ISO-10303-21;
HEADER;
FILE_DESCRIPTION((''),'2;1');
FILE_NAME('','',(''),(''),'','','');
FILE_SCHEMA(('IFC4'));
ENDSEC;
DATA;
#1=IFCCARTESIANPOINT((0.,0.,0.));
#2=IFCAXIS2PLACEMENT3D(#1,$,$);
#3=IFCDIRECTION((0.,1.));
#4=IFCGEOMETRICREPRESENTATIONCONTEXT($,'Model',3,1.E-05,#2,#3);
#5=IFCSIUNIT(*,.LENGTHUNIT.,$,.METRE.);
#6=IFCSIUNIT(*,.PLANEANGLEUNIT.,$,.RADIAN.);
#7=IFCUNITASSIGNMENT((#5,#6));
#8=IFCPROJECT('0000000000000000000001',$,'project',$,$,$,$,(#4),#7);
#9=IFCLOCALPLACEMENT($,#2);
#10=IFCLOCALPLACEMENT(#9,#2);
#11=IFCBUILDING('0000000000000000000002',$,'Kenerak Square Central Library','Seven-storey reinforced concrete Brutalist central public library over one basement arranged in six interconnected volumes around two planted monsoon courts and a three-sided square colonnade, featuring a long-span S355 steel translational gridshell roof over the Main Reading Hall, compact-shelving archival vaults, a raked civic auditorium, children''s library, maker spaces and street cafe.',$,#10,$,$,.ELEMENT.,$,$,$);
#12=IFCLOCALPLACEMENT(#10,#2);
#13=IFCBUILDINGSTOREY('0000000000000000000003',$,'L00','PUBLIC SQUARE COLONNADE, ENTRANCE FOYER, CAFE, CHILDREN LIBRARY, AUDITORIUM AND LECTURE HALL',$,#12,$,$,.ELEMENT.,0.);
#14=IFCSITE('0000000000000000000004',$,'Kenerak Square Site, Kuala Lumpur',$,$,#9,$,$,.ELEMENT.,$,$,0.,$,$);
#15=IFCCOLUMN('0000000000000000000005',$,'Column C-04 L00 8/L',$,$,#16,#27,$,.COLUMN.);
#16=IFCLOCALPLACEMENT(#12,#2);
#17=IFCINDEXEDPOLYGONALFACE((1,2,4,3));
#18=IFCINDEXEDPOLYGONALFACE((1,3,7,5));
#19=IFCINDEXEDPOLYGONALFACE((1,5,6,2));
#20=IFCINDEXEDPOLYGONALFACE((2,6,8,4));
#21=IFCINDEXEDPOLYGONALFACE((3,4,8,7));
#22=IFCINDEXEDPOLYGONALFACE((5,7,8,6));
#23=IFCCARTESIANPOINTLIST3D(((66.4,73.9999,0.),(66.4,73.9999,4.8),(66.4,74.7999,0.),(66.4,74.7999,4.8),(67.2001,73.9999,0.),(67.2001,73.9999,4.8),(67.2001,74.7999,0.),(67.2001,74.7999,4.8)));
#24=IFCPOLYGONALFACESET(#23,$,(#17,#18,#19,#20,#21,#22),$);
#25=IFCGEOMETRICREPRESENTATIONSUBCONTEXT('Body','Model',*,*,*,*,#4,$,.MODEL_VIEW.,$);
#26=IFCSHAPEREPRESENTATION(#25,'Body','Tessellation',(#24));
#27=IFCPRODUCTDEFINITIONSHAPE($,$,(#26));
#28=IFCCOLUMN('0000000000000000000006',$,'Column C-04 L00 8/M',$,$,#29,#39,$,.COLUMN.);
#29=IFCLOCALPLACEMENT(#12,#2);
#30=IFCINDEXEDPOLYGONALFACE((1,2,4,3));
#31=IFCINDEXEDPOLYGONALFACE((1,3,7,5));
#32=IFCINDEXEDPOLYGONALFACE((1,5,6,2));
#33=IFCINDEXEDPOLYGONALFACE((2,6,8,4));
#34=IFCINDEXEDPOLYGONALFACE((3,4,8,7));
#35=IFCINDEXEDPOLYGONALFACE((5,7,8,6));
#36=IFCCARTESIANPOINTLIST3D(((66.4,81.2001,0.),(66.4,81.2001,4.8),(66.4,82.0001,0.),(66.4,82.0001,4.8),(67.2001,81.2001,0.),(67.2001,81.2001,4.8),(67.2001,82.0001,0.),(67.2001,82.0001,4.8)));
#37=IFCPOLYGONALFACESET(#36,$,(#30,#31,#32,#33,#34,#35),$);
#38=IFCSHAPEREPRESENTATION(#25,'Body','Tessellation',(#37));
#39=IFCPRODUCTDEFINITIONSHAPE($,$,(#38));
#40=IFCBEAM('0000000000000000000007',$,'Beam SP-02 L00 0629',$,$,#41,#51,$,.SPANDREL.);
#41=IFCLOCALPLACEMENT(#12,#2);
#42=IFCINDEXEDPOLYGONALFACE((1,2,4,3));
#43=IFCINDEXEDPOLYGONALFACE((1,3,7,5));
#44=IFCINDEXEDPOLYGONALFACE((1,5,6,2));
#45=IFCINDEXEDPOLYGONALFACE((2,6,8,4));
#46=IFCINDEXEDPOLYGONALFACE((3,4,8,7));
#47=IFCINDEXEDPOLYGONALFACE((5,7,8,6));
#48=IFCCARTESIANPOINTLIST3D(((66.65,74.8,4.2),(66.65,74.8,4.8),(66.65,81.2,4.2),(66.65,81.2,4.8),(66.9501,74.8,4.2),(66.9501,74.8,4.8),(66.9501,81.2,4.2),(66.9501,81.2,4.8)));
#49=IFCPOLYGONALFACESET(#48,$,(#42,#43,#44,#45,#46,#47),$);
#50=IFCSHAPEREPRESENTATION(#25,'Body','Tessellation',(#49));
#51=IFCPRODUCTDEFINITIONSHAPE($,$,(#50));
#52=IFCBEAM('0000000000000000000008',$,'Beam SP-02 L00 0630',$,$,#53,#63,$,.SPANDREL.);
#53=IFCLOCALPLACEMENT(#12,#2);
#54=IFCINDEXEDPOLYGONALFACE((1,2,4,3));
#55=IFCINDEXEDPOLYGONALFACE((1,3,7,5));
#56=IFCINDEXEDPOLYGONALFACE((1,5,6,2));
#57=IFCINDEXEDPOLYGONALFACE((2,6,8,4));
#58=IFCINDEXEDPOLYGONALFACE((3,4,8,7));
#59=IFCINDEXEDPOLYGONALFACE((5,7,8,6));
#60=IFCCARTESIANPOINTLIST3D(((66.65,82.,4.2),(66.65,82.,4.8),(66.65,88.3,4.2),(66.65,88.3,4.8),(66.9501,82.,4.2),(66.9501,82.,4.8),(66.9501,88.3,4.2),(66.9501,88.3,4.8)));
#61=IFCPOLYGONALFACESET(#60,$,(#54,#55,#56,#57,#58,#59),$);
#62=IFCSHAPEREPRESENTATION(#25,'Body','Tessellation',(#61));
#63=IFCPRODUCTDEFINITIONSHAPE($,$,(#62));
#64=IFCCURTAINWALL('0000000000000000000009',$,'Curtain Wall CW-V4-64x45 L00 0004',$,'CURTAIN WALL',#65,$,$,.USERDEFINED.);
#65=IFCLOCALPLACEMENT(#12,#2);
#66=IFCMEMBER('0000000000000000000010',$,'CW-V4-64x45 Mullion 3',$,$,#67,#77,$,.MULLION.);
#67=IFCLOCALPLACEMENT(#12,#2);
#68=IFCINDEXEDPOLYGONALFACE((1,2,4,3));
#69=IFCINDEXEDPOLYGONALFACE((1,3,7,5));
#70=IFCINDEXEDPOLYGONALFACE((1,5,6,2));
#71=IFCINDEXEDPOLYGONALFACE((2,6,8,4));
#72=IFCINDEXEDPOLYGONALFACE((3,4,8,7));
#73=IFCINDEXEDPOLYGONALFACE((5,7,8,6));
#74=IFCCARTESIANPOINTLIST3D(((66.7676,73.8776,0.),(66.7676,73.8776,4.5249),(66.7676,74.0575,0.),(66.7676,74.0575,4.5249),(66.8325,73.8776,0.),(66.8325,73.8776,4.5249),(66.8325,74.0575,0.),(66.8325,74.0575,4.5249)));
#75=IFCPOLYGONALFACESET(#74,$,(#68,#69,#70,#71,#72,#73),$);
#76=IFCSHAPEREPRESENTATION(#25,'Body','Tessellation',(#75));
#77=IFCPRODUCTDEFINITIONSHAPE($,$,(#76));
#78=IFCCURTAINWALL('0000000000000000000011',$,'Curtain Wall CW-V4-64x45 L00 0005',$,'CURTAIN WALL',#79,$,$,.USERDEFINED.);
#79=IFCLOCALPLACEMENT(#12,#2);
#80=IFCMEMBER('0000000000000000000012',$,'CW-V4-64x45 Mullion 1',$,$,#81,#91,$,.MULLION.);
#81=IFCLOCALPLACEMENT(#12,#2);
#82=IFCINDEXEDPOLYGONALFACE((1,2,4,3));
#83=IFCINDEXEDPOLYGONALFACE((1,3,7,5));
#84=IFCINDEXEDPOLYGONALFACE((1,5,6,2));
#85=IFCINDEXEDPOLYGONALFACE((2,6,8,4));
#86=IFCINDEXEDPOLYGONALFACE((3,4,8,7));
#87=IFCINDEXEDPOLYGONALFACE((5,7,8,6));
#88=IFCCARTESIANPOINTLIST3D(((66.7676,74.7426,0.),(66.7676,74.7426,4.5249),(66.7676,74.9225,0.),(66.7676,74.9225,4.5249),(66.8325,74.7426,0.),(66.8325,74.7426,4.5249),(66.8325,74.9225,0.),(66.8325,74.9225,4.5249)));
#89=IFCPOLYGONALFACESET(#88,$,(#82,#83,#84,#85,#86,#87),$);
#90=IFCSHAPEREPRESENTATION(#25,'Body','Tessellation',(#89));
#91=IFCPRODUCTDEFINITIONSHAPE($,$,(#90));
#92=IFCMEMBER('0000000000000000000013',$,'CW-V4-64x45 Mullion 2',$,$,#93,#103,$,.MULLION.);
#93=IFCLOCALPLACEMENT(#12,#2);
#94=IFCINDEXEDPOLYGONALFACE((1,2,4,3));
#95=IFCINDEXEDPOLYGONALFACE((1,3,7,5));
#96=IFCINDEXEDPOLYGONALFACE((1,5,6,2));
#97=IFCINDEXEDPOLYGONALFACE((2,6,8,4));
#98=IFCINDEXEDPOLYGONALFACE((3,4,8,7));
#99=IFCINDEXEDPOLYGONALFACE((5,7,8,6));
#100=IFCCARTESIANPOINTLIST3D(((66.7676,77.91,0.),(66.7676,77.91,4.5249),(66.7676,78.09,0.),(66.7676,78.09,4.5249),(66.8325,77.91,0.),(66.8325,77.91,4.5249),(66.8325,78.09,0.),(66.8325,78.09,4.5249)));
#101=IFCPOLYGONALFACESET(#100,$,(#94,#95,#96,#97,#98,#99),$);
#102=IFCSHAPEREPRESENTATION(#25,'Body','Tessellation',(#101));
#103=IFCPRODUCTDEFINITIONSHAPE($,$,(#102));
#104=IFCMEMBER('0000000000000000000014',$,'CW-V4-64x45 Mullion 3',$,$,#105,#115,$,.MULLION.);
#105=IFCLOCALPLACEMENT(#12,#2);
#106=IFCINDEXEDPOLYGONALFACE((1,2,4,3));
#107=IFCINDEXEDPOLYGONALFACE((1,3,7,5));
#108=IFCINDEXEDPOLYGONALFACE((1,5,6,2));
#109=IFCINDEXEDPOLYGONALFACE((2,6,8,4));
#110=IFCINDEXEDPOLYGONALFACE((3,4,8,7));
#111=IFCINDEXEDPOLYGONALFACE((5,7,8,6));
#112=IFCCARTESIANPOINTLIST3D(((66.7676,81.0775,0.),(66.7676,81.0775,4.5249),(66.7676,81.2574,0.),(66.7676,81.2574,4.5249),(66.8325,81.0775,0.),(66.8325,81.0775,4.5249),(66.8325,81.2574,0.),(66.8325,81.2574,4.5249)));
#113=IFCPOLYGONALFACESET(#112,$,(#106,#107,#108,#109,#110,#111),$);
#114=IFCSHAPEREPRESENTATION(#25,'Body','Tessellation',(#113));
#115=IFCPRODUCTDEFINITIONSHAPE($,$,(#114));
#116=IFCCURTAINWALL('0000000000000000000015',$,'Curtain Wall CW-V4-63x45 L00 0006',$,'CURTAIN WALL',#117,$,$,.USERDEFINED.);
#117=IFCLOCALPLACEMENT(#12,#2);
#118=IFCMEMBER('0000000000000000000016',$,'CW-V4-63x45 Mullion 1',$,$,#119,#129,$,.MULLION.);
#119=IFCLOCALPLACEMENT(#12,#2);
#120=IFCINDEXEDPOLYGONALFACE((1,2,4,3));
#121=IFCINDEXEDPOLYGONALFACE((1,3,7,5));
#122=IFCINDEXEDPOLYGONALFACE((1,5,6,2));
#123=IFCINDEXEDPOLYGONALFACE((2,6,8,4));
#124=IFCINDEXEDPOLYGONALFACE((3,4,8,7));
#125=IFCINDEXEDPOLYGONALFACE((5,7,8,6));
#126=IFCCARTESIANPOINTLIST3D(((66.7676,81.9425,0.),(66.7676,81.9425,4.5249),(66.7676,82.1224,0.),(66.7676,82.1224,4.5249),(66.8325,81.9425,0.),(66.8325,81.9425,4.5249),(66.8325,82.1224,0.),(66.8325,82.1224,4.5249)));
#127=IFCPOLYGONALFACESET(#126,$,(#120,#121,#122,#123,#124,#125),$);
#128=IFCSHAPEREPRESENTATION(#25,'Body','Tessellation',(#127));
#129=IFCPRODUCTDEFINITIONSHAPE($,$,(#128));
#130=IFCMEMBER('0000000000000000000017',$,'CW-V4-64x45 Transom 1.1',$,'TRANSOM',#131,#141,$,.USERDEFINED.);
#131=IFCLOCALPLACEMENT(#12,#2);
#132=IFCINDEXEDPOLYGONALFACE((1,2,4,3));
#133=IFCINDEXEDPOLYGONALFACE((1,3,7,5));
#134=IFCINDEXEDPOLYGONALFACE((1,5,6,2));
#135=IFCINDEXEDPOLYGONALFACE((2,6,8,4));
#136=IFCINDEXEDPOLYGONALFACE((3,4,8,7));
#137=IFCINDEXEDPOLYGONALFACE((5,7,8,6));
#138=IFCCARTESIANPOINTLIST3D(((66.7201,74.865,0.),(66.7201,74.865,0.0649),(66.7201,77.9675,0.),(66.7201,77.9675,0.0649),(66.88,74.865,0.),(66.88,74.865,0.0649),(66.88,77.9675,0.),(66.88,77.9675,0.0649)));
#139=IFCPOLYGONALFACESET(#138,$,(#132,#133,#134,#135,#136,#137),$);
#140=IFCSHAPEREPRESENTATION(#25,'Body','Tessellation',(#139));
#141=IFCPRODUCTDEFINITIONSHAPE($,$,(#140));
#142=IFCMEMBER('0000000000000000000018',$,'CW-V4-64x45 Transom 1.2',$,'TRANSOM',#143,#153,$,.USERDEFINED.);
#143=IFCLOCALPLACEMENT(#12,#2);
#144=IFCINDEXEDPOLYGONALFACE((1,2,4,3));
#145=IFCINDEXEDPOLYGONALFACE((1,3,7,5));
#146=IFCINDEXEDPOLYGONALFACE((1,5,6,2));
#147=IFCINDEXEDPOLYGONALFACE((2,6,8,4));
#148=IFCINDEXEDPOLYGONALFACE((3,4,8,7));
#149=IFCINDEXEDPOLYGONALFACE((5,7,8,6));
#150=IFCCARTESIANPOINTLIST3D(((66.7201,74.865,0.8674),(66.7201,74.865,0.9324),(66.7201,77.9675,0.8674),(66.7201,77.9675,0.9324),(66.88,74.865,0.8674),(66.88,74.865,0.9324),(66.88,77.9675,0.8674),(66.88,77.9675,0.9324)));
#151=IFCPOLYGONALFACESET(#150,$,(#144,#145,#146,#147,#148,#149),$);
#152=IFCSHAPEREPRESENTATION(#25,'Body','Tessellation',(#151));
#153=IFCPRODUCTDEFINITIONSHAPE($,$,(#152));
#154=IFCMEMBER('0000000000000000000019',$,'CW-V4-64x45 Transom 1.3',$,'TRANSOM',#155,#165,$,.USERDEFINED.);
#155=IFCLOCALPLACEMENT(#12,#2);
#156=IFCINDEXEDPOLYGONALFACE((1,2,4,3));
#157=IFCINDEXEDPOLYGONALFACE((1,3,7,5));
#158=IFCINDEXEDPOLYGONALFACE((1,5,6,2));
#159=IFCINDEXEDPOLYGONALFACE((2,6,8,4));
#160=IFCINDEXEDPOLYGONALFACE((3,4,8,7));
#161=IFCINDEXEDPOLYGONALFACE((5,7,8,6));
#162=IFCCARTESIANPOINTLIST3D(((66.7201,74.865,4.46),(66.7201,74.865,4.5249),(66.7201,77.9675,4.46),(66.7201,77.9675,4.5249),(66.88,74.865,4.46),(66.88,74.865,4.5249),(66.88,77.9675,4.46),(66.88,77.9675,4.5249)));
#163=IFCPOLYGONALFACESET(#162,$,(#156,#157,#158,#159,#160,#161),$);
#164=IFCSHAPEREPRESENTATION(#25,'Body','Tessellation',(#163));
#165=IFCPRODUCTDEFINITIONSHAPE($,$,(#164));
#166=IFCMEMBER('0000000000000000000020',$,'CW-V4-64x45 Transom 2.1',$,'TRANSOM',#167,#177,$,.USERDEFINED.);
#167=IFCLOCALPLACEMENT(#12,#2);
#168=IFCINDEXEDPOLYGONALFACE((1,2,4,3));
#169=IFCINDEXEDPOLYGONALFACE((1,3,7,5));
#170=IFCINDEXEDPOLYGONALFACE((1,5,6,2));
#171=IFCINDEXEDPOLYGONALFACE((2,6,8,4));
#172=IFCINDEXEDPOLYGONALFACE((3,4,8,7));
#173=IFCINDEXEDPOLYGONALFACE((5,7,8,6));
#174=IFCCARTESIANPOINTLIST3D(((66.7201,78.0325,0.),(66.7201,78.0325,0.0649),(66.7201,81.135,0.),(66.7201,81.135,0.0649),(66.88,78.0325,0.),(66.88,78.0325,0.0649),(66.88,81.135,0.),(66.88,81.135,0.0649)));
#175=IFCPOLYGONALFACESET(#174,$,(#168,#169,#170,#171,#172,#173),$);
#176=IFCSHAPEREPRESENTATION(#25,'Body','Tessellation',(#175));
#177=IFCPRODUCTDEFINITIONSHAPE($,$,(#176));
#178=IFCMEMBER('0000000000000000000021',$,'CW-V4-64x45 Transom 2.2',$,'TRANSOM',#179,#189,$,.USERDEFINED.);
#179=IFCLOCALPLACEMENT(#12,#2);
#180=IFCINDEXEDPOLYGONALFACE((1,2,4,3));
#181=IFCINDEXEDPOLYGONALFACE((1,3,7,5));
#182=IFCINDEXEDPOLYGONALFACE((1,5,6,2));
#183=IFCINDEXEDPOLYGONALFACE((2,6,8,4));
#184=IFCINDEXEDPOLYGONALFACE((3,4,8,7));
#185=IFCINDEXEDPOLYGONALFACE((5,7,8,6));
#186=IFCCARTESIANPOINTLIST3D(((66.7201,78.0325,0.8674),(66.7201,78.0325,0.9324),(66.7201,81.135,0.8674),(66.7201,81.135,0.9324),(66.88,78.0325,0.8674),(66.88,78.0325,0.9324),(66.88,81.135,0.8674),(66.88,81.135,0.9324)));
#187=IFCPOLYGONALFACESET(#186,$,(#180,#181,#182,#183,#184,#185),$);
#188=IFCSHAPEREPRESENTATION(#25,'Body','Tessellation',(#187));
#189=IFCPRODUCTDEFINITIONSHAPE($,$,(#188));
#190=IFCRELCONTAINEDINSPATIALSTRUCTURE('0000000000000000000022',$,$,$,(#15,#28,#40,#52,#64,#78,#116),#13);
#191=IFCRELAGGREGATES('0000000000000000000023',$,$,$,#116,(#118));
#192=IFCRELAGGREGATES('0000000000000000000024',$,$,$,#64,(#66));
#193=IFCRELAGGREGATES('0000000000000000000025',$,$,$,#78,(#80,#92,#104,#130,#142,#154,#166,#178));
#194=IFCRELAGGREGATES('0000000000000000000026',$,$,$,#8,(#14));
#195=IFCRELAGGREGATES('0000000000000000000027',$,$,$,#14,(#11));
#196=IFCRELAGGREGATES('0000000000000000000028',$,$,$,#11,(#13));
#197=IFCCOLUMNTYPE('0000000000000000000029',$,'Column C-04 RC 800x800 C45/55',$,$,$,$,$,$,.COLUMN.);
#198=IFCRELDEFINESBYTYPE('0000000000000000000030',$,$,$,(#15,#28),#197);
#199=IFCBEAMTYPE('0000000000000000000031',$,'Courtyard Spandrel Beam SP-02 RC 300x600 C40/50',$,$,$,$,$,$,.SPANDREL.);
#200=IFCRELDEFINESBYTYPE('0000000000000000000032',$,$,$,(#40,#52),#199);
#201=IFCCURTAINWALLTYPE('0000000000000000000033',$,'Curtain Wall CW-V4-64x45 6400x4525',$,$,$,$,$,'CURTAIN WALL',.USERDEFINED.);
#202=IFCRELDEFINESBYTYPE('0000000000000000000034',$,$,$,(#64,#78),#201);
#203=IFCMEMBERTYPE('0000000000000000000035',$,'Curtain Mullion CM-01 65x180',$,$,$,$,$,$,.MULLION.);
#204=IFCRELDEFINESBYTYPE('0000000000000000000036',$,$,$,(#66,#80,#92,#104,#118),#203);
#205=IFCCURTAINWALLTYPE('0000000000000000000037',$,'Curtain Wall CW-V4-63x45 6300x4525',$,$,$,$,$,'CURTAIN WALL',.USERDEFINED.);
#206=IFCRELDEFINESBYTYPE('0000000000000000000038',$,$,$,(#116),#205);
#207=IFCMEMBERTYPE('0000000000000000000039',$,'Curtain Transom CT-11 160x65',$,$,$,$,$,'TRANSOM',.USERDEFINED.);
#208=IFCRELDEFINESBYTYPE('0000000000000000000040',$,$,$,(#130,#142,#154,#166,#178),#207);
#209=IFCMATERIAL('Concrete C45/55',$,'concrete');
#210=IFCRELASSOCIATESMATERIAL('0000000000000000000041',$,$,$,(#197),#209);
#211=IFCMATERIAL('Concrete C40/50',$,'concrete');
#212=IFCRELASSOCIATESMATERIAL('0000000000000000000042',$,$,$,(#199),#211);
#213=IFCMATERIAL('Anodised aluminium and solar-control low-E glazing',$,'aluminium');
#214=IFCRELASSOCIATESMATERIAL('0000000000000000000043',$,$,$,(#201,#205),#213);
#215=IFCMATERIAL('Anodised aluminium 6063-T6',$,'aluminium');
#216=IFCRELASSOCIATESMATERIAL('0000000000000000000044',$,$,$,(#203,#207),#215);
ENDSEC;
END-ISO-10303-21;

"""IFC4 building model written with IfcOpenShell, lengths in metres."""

from ifc_helpers import new_model, si_unit, direction, frame, origin, origin_2d, place, context, subcontext, project, spatial, rectangle, extrude, material, material_profile, profile_set, type_object, element, aggregate, save


model = new_model("IFC4")

# Units and contexts
model_context = context("Model", 3, precision=1e-05, world=origin(), true_north=direction((0.0, 1.0)))
body_context = subcontext(model_context, "Body", "Model", "MODEL_VIEW")
ifc_project = project(units=[si_unit("LENGTHUNIT", "METRE"), si_unit("PLANEANGLEUNIT", "RADIAN")], contexts=[model_context])

# Site, building, storey
site_placement = place(None, origin())
site = spatial("IfcSite", under=ifc_project, at=site_placement, Name="Kenerak Square Site, Kuala Lumpur", CompositionType="ELEMENT", RefElevation=0.0)
building_placement = place(site_placement, origin())
building = spatial("IfcBuilding", under=site, at=building_placement, Name="Kenerak Square Central Library", Description="Seven-storey reinforced concrete Brutalist central public library over one basement arranged in six interconnected volumes around two planted monsoon courts and a three-sided square colonnade, featuring a long-span S355 steel translational gridshell roof over the Main Reading Hall, compact-shelving archival vaults, a raked civic auditorium, children's library, maker spaces and street cafe.", CompositionType="ELEMENT")
storey_placement = place(building_placement, origin())
storey = spatial("IfcBuildingStorey", under=building, at=storey_placement, Name="L00", Description="PUBLIC SQUARE COLONNADE, ENTRANCE FOYER, CAFE, CHILDREN LIBRARY, AUDITORIUM AND LECTURE HALL", CompositionType="ELEMENT", Elevation=0.0)

# Columns
ifc_material_1 = material(Name="Concrete C45/55", Category="concrete")
ifc_material_profile_1 = material_profile(ifc_material_1, rectangle(XDim=0.8, YDim=0.8, at=origin_2d()), Name="RC 800x800")
ifc_profile_set_1 = profile_set([ifc_material_profile_1], Name="Concrete C45/55")
column_type = type_object("IfcColumnType", Name="Column C-04 RC 800x800 C45/55", PredefinedType="COLUMN", material=ifc_profile_set_1)
for number, where, z_axis, x_axis, name in (
    (1, (66.8, 74.3999, 0.0), (0.0, 0.0, 1.0), (1.0, 0.0, 0.0), "Column C-04 L00 8/L"),
    (2, (66.8, 81.6001, 0.0), (0.0, 0.0, 1.0), (1.0, 0.0, 0.0), "Column C-04 L00 8/M"),
):
    element("IfcColumn", number, at=place(storey_placement, frame(where, z_axis=z_axis, x_axis=x_axis)), inside=storey, type_object=column_type, Name=name, PredefinedType="COLUMN", context=body_context, shape_type="SweptSolid", body=[
        extrude(rectangle(XDim=0.8, YDim=0.8, at=origin_2d()), origin(), (0.0, 0.0, 1.0), 4.8),
    ])

# Beams
ifc_material_2 = material(Name="Concrete C40/50", Category="concrete")
ifc_material_profile_2 = material_profile(ifc_material_2, rectangle(XDim=0.3, YDim=0.6001, at=origin_2d()), Name="RC 300x600")
ifc_profile_set_2 = profile_set([ifc_material_profile_2], Name="Concrete C40/50")
beam_type = type_object("IfcBeamType", Name="Courtyard Spandrel Beam SP-02 RC 300x600 C40/50", PredefinedType="SPANDREL", material=ifc_profile_set_2)
beam_1_placement = place(storey_placement, frame((66.8, 74.8, 4.5), z_axis=(0.0, 1.0, 0.0), x_axis=(-1.0, 0.0, 0.0)))
element("IfcBeam", 3, at=beam_1_placement, inside=storey, type_object=beam_type, Name="Beam SP-02 L00 0629", PredefinedType="SPANDREL", context=body_context, shape_type="SweptSolid", body=[
    extrude(rectangle(XDim=0.3, YDim=0.6001, at=origin_2d()), origin(), (0.0, 0.0, 1.0), 6.3999),
])
beam_2_placement = place(storey_placement, frame((66.8, 82.0, 4.5), z_axis=(0.0, 1.0, 0.0), x_axis=(-1.0, 0.0, 0.0)))
element("IfcBeam", 4, at=beam_2_placement, inside=storey, type_object=beam_type, Name="Beam SP-02 L00 0630", PredefinedType="SPANDREL", context=body_context, shape_type="SweptSolid", body=[
    extrude(rectangle(XDim=0.3, YDim=0.6001, at=origin_2d()), origin(), (0.0, 0.0, 1.0), 6.3),
])

# Curtain wall, member
ifc_material_3 = material(Name="Anodised aluminium and solar-control low-E glazing", Category="aluminium")
curtain_wall_type_1 = type_object("IfcCurtainWallType", Name="Curtain Wall CW-V4-64x45 6400x4525", ElementType="CURTAIN WALL", PredefinedType="USERDEFINED", material=ifc_material_3)
curtain_wall_1_placement = place(storey_placement, origin())
curtain_wall_1 = element("IfcCurtainWall", 5, at=curtain_wall_1_placement, inside=storey, type_object=curtain_wall_type_1, Name="Curtain Wall CW-V4-64x45 L00 0004", ObjectType="CURTAIN WALL", PredefinedType="USERDEFINED")
ifc_material_4 = material(Name="Anodised aluminium 6063-T6", Category="aluminium")
ifc_material_profile_3 = material_profile(ifc_material_4, rectangle(XDim=0.0649, YDim=0.1799, at=origin_2d()), Name="AL MULLION 65x180")
ifc_profile_set_3 = profile_set([ifc_material_profile_3], Name="Anodised aluminium 6063-T6")
member_type_1 = type_object("IfcMemberType", Name="Curtain Mullion CM-01 65x180", PredefinedType="MULLION", material=ifc_profile_set_3)
member_1_placement = place(storey_placement, frame((66.8, 73.9675, 0.0), z_axis=(0.0, 0.0, 1.0), x_axis=(-1.0, 0.0, 0.0)))
member_1 = element("IfcMember", 6, at=member_1_placement, type_object=member_type_1, Name="CW-V4-64x45 Mullion 3", PredefinedType="MULLION", context=body_context, shape_type="SweptSolid", body=[
    extrude(rectangle(XDim=0.0649, YDim=0.1799, at=origin_2d()), origin(), (0.0, 0.0, 1.0), 4.5249),
])

# Curtain wall, members
curtain_wall_2_placement = place(storey_placement, origin())
curtain_wall_2 = element("IfcCurtainWall", 7, at=curtain_wall_2_placement, inside=storey, type_object=curtain_wall_type_1, Name="Curtain Wall CW-V4-64x45 L00 0005", ObjectType="CURTAIN WALL", PredefinedType="USERDEFINED")
member_2_placement = place(storey_placement, frame((66.8, 74.8325, 0.0), z_axis=(0.0, 0.0, 1.0), x_axis=(-1.0, 0.0, 0.0)))
member_2 = element("IfcMember", 8, at=member_2_placement, type_object=member_type_1, Name="CW-V4-64x45 Mullion 1", PredefinedType="MULLION", context=body_context, shape_type="SweptSolid", body=[
    extrude(rectangle(XDim=0.0649, YDim=0.1799, at=origin_2d()), origin(), (0.0, 0.0, 1.0), 4.5249),
])
member_3_placement = place(storey_placement, frame((66.8, 78.0, 0.0), z_axis=(0.0, 0.0, 1.0), x_axis=(-1.0, 0.0, 0.0)))
member_3 = element("IfcMember", 9, at=member_3_placement, type_object=member_type_1, Name="CW-V4-64x45 Mullion 2", PredefinedType="MULLION", context=body_context, shape_type="SweptSolid", body=[
    extrude(rectangle(XDim=0.0649, YDim=0.1799, at=origin_2d()), origin(), (0.0, 0.0, 1.0), 4.5249),
])
member_4_placement = place(storey_placement, frame((66.8, 81.1675, 0.0), z_axis=(0.0, 0.0, 1.0), x_axis=(-1.0, 0.0, 0.0)))
member_4 = element("IfcMember", 10, at=member_4_placement, type_object=member_type_1, Name="CW-V4-64x45 Mullion 3", PredefinedType="MULLION", context=body_context, shape_type="SweptSolid", body=[
    extrude(rectangle(XDim=0.0649, YDim=0.1799, at=origin_2d()), origin(), (0.0, 0.0, 1.0), 4.5249),
])

# Curtain wall, member
curtain_wall_type_2 = type_object("IfcCurtainWallType", Name="Curtain Wall CW-V4-63x45 6300x4525", ElementType="CURTAIN WALL", PredefinedType="USERDEFINED", material=ifc_material_3)
curtain_wall_3_placement = place(storey_placement, origin())
curtain_wall_3 = element("IfcCurtainWall", 11, at=curtain_wall_3_placement, inside=storey, type_object=curtain_wall_type_2, Name="Curtain Wall CW-V4-63x45 L00 0006", ObjectType="CURTAIN WALL", PredefinedType="USERDEFINED")
member_5_placement = place(storey_placement, frame((66.8, 82.0325, 0.0), z_axis=(0.0, 0.0, 1.0), x_axis=(-1.0, 0.0, 0.0)))
member_5 = element("IfcMember", 12, at=member_5_placement, type_object=member_type_1, Name="CW-V4-63x45 Mullion 1", PredefinedType="MULLION", context=body_context, shape_type="SweptSolid", body=[
    extrude(rectangle(XDim=0.0649, YDim=0.1799, at=origin_2d()), origin(), (0.0, 0.0, 1.0), 4.5249),
])

# Members
ifc_material_profile_4 = material_profile(ifc_material_4, rectangle(XDim=0.1599, YDim=0.0649, at=origin_2d()), Name="AL TRANSOM 160x65")
ifc_profile_set_4 = profile_set([ifc_material_profile_4], Name="Anodised aluminium 6063-T6")
member_type_2 = type_object("IfcMemberType", Name="Curtain Transom CT-11 160x65", ElementType="TRANSOM", PredefinedType="USERDEFINED", material=ifc_profile_set_4)
member_6_placement = place(storey_placement, frame((66.8, 74.865, 0.0325), z_axis=(0.0, 1.0, 0.0), x_axis=(-1.0, 0.0, 0.0)))
member_6 = element("IfcMember", 13, at=member_6_placement, type_object=member_type_2, Name="CW-V4-64x45 Transom 1.1", ObjectType="TRANSOM", PredefinedType="USERDEFINED", context=body_context, shape_type="SweptSolid", body=[
    extrude(rectangle(XDim=0.1599, YDim=0.0649, at=origin_2d()), origin(), (0.0, 0.0, 1.0), 3.1025),
])
member_7_placement = place(storey_placement, frame((66.8, 74.865, 0.8999), z_axis=(0.0, 1.0, 0.0), x_axis=(-1.0, 0.0, 0.0)))
member_7 = element("IfcMember", 14, at=member_7_placement, type_object=member_type_2, Name="CW-V4-64x45 Transom 1.2", ObjectType="TRANSOM", PredefinedType="USERDEFINED", context=body_context, shape_type="SweptSolid", body=[
    extrude(rectangle(XDim=0.1599, YDim=0.0649, at=origin_2d()), origin(), (0.0, 0.0, 1.0), 3.1025),
])
member_8_placement = place(storey_placement, frame((66.8, 74.865, 4.4924), z_axis=(0.0, 1.0, 0.0), x_axis=(-1.0, 0.0, 0.0)))
member_8 = element("IfcMember", 15, at=member_8_placement, type_object=member_type_2, Name="CW-V4-64x45 Transom 1.3", ObjectType="TRANSOM", PredefinedType="USERDEFINED", context=body_context, shape_type="SweptSolid", body=[
    extrude(rectangle(XDim=0.1599, YDim=0.0649, at=origin_2d()), origin(), (0.0, 0.0, 1.0), 3.1025),
])
member_9_placement = place(storey_placement, frame((66.8, 78.0325, 0.0325), z_axis=(0.0, 1.0, 0.0), x_axis=(-1.0, 0.0, 0.0)))
member_9 = element("IfcMember", 16, at=member_9_placement, type_object=member_type_2, Name="CW-V4-64x45 Transom 2.1", ObjectType="TRANSOM", PredefinedType="USERDEFINED", context=body_context, shape_type="SweptSolid", body=[
    extrude(rectangle(XDim=0.1599, YDim=0.0649, at=origin_2d()), origin(), (0.0, 0.0, 1.0), 3.1025),
])
member_10_placement = place(storey_placement, frame((66.8, 78.0325, 0.8999), z_axis=(0.0, 1.0, 0.0), x_axis=(-1.0, 0.0, 0.0)))
member_10 = element("IfcMember", 17, at=member_10_placement, type_object=member_type_2, Name="CW-V4-64x45 Transom 2.2", ObjectType="TRANSOM", PredefinedType="USERDEFINED", context=body_context, shape_type="SweptSolid", body=[
    extrude(rectangle(XDim=0.1599, YDim=0.0649, at=origin_2d()), origin(), (0.0, 0.0, 1.0), 3.1025),
])
aggregate(curtain_wall_3, [member_5])

aggregate(curtain_wall_1, [member_1])
aggregate(curtain_wall_2, [member_2, member_3, member_4, member_6, member_7, member_8, member_9, member_10])

save(model, "model.ifc")
